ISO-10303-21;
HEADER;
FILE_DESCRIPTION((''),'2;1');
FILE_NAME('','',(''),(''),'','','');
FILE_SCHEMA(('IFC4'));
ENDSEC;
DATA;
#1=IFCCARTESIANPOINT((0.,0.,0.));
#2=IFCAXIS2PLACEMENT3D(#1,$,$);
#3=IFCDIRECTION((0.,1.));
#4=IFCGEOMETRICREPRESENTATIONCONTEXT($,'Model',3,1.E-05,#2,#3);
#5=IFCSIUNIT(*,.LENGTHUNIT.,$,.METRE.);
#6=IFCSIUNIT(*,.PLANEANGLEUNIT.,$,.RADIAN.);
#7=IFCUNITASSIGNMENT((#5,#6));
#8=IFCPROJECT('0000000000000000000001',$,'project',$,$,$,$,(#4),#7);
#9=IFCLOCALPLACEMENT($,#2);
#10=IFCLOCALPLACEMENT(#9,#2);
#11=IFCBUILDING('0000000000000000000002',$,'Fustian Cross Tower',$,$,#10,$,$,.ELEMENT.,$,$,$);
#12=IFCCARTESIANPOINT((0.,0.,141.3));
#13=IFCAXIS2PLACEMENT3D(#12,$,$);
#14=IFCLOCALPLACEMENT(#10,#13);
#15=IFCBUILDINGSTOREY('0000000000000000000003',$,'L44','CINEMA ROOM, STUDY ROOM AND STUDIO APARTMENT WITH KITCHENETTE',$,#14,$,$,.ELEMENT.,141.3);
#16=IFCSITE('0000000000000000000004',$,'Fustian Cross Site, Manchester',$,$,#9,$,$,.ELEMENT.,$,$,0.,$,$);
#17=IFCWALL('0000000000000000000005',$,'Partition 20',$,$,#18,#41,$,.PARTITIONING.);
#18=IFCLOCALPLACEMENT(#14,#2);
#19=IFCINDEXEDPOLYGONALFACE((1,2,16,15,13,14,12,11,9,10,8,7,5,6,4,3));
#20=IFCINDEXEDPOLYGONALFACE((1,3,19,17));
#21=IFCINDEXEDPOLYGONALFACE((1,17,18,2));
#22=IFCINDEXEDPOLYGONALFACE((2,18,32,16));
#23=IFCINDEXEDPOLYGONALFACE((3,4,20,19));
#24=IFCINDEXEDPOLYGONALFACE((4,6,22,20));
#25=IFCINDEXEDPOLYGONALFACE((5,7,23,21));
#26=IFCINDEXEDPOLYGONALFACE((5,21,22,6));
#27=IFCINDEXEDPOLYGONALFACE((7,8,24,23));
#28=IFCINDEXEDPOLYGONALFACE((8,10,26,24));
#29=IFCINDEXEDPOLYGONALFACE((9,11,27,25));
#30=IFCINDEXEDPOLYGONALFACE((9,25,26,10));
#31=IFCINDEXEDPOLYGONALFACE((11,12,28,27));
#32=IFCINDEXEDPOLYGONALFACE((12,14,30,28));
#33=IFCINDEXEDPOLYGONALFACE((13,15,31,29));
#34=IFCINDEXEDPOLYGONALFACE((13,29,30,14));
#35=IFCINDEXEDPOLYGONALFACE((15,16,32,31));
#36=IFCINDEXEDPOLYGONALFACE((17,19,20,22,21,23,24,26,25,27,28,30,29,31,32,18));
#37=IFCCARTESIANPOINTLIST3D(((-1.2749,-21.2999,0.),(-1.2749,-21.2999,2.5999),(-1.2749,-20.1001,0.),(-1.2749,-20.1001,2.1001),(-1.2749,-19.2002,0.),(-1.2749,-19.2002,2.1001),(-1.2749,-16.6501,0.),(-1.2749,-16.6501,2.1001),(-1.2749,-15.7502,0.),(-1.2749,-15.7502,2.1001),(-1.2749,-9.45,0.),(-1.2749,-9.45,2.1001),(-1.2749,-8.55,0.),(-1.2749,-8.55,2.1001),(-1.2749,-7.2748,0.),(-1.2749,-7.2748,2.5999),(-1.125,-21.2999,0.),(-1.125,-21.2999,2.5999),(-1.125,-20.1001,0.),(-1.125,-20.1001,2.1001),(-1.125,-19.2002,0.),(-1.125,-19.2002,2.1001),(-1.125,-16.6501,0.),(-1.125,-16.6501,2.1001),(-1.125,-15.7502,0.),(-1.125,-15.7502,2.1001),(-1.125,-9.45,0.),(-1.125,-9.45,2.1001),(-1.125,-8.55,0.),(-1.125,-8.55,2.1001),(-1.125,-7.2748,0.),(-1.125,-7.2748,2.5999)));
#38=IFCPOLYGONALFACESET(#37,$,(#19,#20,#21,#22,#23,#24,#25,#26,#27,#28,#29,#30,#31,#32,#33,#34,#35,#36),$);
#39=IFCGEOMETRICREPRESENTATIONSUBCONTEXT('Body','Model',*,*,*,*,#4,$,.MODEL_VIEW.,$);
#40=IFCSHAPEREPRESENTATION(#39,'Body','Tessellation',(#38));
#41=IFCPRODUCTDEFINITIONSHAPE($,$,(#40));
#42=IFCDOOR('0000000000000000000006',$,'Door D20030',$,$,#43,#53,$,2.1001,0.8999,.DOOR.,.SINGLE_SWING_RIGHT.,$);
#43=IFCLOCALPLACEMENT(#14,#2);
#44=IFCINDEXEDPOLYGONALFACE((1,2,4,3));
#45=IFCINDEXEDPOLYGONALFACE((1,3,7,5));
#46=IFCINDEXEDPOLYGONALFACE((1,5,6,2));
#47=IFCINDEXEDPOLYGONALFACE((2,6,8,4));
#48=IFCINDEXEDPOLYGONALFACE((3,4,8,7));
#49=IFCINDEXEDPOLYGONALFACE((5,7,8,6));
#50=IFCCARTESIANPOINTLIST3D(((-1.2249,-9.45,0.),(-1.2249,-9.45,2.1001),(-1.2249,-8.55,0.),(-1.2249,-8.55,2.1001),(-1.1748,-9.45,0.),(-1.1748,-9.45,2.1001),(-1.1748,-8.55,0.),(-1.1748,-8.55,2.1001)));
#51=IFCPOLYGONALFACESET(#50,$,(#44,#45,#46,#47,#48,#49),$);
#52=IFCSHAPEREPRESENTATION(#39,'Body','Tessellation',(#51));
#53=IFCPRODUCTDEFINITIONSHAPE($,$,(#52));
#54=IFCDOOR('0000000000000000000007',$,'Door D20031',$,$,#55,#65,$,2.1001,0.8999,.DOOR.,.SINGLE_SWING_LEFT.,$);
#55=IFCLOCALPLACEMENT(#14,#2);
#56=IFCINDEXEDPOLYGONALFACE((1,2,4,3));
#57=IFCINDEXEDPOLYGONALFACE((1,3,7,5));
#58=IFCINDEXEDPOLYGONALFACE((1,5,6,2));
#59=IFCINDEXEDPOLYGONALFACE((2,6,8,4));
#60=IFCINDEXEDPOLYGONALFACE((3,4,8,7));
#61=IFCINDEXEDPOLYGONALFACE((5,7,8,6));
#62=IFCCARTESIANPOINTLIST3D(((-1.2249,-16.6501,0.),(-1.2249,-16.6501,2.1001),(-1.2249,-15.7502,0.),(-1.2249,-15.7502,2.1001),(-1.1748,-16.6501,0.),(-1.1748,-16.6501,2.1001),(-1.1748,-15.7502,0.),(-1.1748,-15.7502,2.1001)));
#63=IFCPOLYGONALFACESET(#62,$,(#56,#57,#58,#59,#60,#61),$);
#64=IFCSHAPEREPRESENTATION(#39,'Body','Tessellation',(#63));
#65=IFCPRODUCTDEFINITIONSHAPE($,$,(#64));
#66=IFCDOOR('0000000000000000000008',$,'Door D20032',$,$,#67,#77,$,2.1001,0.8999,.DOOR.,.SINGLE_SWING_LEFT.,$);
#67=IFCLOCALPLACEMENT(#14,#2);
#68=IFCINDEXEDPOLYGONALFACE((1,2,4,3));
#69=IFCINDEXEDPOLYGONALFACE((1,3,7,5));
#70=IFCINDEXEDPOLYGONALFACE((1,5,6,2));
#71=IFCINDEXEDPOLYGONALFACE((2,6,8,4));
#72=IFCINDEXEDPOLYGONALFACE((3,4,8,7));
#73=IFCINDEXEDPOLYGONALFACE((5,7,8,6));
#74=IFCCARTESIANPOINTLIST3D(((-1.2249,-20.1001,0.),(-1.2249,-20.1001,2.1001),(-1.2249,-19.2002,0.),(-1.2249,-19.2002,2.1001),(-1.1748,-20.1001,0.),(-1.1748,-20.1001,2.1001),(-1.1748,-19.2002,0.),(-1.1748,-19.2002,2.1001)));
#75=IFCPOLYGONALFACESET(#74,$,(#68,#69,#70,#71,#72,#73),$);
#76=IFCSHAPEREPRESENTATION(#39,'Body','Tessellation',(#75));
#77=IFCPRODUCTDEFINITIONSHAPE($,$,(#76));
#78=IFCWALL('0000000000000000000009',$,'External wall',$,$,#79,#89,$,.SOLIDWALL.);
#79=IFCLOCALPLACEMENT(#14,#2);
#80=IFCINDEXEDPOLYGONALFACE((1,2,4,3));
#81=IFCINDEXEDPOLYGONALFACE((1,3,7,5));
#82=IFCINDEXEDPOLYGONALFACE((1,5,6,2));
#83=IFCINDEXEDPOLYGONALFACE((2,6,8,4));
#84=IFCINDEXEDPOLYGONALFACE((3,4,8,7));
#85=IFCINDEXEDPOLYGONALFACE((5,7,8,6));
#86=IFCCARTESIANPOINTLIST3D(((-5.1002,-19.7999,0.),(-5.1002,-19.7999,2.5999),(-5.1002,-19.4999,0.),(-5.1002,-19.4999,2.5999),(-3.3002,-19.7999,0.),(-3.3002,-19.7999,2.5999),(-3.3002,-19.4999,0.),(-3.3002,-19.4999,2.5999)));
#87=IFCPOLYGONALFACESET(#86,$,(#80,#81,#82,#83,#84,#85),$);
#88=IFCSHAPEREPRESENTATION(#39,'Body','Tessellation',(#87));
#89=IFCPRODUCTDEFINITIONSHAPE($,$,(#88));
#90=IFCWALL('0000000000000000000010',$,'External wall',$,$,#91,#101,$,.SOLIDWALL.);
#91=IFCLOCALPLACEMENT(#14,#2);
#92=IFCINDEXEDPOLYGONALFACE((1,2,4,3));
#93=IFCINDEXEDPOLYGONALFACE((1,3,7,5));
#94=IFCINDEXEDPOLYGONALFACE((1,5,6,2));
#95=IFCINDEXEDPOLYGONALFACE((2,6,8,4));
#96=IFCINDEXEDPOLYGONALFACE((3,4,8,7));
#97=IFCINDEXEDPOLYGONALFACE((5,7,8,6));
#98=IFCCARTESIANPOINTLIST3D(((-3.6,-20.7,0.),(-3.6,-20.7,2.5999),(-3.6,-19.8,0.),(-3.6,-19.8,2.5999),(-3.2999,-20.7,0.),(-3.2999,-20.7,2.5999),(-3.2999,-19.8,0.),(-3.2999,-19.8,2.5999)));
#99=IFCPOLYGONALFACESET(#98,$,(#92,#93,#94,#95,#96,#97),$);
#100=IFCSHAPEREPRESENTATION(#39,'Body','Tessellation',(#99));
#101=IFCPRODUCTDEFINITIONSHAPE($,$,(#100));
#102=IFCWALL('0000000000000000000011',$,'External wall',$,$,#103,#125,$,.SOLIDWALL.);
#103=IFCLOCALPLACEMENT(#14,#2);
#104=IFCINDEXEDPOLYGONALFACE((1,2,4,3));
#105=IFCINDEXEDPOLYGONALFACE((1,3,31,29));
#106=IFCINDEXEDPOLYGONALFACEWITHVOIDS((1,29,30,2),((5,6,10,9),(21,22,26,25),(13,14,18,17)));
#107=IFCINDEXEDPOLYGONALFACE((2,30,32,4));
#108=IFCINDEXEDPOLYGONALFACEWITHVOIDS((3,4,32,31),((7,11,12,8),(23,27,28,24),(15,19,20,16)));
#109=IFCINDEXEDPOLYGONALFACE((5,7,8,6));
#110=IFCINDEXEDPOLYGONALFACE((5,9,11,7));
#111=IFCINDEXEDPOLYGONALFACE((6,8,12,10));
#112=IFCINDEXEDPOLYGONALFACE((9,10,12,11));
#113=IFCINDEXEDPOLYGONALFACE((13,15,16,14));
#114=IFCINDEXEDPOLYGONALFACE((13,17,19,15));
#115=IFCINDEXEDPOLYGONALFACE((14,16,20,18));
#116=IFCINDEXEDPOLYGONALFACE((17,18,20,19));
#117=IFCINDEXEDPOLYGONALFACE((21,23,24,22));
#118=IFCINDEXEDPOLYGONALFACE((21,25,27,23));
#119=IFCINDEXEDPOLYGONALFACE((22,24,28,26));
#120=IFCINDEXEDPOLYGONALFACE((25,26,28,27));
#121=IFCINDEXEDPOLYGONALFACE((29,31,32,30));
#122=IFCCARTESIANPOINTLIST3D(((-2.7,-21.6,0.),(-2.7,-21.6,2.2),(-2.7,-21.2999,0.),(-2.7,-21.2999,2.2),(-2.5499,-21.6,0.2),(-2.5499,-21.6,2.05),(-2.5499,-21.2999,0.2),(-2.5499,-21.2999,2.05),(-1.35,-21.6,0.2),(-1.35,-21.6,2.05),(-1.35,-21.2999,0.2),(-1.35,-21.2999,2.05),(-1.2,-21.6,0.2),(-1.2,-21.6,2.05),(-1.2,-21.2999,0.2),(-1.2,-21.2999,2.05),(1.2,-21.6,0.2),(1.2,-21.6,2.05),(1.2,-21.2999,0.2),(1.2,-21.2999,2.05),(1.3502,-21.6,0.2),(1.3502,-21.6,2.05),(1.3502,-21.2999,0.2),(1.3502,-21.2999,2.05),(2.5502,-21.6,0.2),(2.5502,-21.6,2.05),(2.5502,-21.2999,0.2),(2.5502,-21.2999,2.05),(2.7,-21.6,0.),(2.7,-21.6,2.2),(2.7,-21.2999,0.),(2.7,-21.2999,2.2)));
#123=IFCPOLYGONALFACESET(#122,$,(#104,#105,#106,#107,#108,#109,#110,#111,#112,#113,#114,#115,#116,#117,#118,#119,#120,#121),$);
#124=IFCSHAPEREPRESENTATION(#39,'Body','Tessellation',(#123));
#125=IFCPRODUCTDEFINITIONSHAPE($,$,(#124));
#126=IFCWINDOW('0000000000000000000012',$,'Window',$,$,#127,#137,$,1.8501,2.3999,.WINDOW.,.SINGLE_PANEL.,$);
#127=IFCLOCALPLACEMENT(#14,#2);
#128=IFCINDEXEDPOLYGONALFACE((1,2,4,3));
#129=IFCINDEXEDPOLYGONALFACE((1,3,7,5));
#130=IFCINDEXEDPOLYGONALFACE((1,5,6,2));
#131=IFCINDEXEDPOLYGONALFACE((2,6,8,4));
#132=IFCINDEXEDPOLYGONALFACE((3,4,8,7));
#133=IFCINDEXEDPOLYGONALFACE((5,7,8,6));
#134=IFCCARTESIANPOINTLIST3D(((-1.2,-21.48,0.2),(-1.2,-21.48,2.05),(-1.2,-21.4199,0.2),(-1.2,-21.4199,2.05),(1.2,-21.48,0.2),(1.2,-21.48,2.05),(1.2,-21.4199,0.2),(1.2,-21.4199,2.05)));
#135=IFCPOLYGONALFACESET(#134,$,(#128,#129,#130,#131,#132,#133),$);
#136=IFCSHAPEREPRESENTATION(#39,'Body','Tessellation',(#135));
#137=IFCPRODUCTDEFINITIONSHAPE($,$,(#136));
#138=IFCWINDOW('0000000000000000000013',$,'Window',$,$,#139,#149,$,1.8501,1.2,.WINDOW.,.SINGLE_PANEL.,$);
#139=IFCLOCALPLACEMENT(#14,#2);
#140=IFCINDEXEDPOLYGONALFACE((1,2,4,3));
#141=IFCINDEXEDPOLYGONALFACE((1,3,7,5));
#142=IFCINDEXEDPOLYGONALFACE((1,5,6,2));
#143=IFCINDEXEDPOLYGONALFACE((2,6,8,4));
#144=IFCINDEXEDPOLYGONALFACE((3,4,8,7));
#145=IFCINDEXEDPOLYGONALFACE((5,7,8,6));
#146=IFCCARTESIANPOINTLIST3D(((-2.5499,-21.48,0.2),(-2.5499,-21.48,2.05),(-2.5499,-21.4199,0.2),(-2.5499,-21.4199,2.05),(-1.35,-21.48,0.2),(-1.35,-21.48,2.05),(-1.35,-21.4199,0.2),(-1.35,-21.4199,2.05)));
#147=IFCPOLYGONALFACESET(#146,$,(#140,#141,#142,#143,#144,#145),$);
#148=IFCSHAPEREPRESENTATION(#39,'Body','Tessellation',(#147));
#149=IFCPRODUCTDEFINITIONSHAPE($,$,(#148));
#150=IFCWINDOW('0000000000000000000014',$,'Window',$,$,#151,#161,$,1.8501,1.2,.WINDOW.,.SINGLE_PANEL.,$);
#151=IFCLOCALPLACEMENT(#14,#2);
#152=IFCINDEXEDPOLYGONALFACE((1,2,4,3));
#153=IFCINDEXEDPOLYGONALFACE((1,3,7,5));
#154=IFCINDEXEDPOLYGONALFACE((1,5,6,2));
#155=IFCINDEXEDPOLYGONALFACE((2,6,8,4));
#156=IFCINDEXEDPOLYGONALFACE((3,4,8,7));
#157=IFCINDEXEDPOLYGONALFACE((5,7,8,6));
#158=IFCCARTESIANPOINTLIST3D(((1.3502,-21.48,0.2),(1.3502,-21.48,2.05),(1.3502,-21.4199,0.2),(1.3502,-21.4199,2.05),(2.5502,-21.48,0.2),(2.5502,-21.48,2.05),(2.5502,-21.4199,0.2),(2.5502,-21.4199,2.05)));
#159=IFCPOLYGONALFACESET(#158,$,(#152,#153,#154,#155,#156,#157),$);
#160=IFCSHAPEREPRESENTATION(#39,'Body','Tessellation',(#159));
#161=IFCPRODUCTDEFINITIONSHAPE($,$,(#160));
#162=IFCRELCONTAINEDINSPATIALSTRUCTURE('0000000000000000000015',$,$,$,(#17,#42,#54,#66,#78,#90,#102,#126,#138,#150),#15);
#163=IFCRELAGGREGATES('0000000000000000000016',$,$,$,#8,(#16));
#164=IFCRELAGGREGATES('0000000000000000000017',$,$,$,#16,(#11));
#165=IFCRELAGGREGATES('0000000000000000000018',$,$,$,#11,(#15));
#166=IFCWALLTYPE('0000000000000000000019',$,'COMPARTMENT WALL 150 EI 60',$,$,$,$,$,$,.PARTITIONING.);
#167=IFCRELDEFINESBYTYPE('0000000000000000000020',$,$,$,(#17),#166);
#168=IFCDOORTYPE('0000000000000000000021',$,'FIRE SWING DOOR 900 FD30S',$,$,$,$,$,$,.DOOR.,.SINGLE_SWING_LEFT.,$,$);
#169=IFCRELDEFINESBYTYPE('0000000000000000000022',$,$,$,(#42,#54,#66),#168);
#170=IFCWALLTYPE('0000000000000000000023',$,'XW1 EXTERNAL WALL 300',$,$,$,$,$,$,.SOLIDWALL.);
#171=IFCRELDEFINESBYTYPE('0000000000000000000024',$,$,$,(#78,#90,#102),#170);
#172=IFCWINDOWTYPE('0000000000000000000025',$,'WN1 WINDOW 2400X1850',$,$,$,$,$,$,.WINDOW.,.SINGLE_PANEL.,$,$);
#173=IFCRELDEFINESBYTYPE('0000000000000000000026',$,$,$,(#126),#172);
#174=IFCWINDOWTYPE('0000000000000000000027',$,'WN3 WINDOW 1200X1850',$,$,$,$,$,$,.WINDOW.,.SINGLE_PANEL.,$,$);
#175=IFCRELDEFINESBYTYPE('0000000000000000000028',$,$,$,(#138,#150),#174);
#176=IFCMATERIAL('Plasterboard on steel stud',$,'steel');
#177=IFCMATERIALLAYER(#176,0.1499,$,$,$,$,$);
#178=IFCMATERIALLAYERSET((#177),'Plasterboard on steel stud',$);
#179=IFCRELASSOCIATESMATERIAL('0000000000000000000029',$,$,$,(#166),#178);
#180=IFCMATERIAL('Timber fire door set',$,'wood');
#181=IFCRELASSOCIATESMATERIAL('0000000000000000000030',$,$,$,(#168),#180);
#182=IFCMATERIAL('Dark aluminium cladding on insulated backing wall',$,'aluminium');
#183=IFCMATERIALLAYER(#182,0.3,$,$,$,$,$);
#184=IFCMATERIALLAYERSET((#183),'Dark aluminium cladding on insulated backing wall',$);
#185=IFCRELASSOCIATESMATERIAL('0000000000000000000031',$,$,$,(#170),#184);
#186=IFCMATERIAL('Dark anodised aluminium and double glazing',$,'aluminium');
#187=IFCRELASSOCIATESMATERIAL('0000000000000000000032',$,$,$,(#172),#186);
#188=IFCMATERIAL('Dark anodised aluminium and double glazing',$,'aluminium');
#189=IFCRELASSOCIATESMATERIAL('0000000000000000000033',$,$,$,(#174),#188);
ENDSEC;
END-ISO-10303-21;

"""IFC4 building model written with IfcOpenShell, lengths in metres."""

from ifc_helpers import new_model, si_unit, direction, frame, frame_2d, origin, place, context, subcontext, project, spatial, rectangle, extrude, material, layer, layer_set, type_object, element, fill, save


model = new_model("IFC4")

# Units and contexts
model_context = context("Model", 3, precision=1e-05, world=origin(), true_north=direction((0.0, 1.0)))
body_context = subcontext(model_context, "Body", "Model", "MODEL_VIEW")
ifc_project = project(units=[si_unit("LENGTHUNIT", "METRE"), si_unit("PLANEANGLEUNIT", "RADIAN")], contexts=[model_context])

# Site, building, storey
site_placement = place(None, origin())
site = spatial("IfcSite", under=ifc_project, at=site_placement, Name="Fustian Cross Site, Manchester", CompositionType="ELEMENT", RefElevation=0.0)
building_placement = place(site_placement, origin())
building = spatial("IfcBuilding", under=site, at=building_placement, Name="Fustian Cross Tower", CompositionType="ELEMENT")
storey_placement = place(building_placement, frame((0.0, 0.0, 141.3)))
storey = spatial("IfcBuildingStorey", under=building, at=storey_placement, Name="L44", Description="CINEMA ROOM, STUDY ROOM AND STUDIO APARTMENT WITH KITCHENETTE", CompositionType="ELEMENT", Elevation=141.3)

# Wall, openings, doors
ifc_material_1 = material(Name="Plasterboard on steel stud", Category="steel")
ifc_layer_1 = layer(ifc_material_1, 0.1499)
ifc_layer_set_1 = layer_set([ifc_layer_1], Name="Plasterboard on steel stud")
wall_type_1 = type_object("IfcWallType", Name="COMPARTMENT WALL 150 EI 60", PredefinedType="PARTITIONING", material=ifc_layer_set_1)
wall_1_placement = place(storey_placement, frame((-1.2, -21.3, 0.0), z_axis=(0.0, 0.0, 1.0), x_axis=(0.0, 1.0, 0.0)))
wall_1 = element("IfcWall", 1, at=wall_1_placement, inside=storey, type_object=wall_type_1, Name="Partition 20", PredefinedType="PARTITIONING", context=body_context, shape_type="SweptSolid", body=[
    extrude(rectangle(XDim=14.0251, YDim=0.1499, at=frame_2d((7.0127, 0.0))), origin(), (0.0, 0.0, 1.0), 2.5999),
])
opening_1_placement = place(wall_1_placement, frame((11.8501, 0.0, 0.0)))
opening_1 = element("IfcOpeningElement", 2, at=opening_1_placement, cuts=wall_1, PredefinedType="OPENING", context=body_context, shape_type="SweptSolid", body=[
    extrude(rectangle(XDim=0.8999, YDim=2.1001, at=frame_2d((0.45, 1.05))), frame((0.0, 0.085, 0.0), z_axis=(0.0, -1.0, 0.0), x_axis=(1.0, 0.0, 0.0)), (0.0, 0.0, 1.0), 0.1699),
])
opening_2_placement = place(wall_1_placement, frame((4.6499, 0.0, 0.0)))
opening_2 = element("IfcOpeningElement", 3, at=opening_2_placement, cuts=wall_1, PredefinedType="OPENING", context=body_context, shape_type="SweptSolid", body=[
    extrude(rectangle(XDim=0.8999, YDim=2.1001, at=frame_2d((0.45, 1.05))), frame((0.0, 0.085, 0.0), z_axis=(0.0, -1.0, 0.0), x_axis=(1.0, 0.0, 0.0)), (0.0, 0.0, 1.0), 0.1699),
])
opening_3_placement = place(wall_1_placement, frame((1.2, 0.0, 0.0)))
opening_3 = element("IfcOpeningElement", 4, at=opening_3_placement, cuts=wall_1, PredefinedType="OPENING", context=body_context, shape_type="SweptSolid", body=[
    extrude(rectangle(XDim=0.8999, YDim=2.1001, at=frame_2d((0.45, 1.05))), frame((0.0, 0.085, 0.0), z_axis=(0.0, -1.0, 0.0), x_axis=(1.0, 0.0, 0.0)), (0.0, 0.0, 1.0), 0.1699),
])
ifc_material_2 = material(Name="Timber fire door set", Category="wood")
door_type = type_object("IfcDoorType", Name="FIRE SWING DOOR 900 FD30S", OperationType="SINGLE_SWING_LEFT", PredefinedType="DOOR", material=ifc_material_2)
door_1_placement = place(opening_1_placement, origin())
door_1 = element("IfcDoor", 5, at=door_1_placement, inside=storey, type_object=door_type, Name="Door D20030", OperationType="SINGLE_SWING_RIGHT", OverallHeight=2.1001, OverallWidth=0.8999, PredefinedType="DOOR", context=body_context, shape_type="SweptSolid", body=[
    extrude(rectangle(XDim=0.8999, YDim=2.1001, at=frame_2d((0.45, 1.05))), frame((0.0, 0.0249, 0.0), z_axis=(0.0, -1.0, 0.0), x_axis=(1.0, 0.0, 0.0)), (0.0, 0.0, 1.0), 0.05),
])
fill(opening_1, door_1)
door_2_placement = place(opening_2_placement, origin())
door_2 = element("IfcDoor", 6, at=door_2_placement, inside=storey, type_object=door_type, Name="Door D20031", OperationType="SINGLE_SWING_LEFT", OverallHeight=2.1001, OverallWidth=0.8999, PredefinedType="DOOR", context=body_context, shape_type="SweptSolid", body=[
    extrude(rectangle(XDim=0.8999, YDim=2.1001, at=frame_2d((0.45, 1.05))), frame((0.0, 0.0249, 0.0), z_axis=(0.0, -1.0, 0.0), x_axis=(1.0, 0.0, 0.0)), (0.0, 0.0, 1.0), 0.05),
])
fill(opening_2, door_2)
door_3_placement = place(opening_3_placement, origin())
door_3 = element("IfcDoor", 7, at=door_3_placement, inside=storey, type_object=door_type, Name="Door D20032", OperationType="SINGLE_SWING_LEFT", OverallHeight=2.1001, OverallWidth=0.8999, PredefinedType="DOOR", context=body_context, shape_type="SweptSolid", body=[
    extrude(rectangle(XDim=0.8999, YDim=2.1001, at=frame_2d((0.45, 1.05))), frame((0.0, 0.0249, 0.0), z_axis=(0.0, -1.0, 0.0), x_axis=(1.0, 0.0, 0.0)), (0.0, 0.0, 1.0), 0.05),
])
fill(opening_3, door_3)

# Walls
ifc_material_3 = material(Name="Dark aluminium cladding on insulated backing wall", Category="aluminium")
ifc_layer_2 = layer(ifc_material_3, 0.3)
ifc_layer_set_2 = layer_set([ifc_layer_2], Name="Dark aluminium cladding on insulated backing wall")
wall_type_2 = type_object("IfcWallType", Name="XW1 EXTERNAL WALL 300", PredefinedType="SOLIDWALL", material=ifc_layer_set_2)
wall_2_placement = place(storey_placement, frame((-5.1001, -19.6499, 0.0), z_axis=(0.0, 0.0, 1.0), x_axis=(1.0, 0.0, 0.0)))
element("IfcWall", 8, at=wall_2_placement, inside=storey, type_object=wall_type_2, Name="External wall", PredefinedType="SOLIDWALL", context=body_context, shape_type="SweptSolid", body=[
    extrude(rectangle(XDim=1.8, YDim=0.3, at=frame_2d((0.8999, 0.0))), origin(), (0.0, 0.0, 1.0), 2.5999),
])
wall_3_placement = place(storey_placement, frame((-3.45, -19.8, 0.0), z_axis=(0.0, 0.0, 1.0), x_axis=(0.0, -1.0, 0.0)))
element("IfcWall", 9, at=wall_3_placement, inside=storey, type_object=wall_type_2, Name="External wall", PredefinedType="SOLIDWALL", context=body_context, shape_type="SweptSolid", body=[
    extrude(rectangle(XDim=0.8999, YDim=0.3, at=frame_2d((0.45, 0.0))), origin(), (0.0, 0.0, 1.0), 2.5999),
])

# Wall, openings, windows
wall_4_placement = place(storey_placement, frame((-2.7, -21.45, 0.0), z_axis=(0.0, 0.0, 1.0), x_axis=(1.0, 0.0, 0.0)))
wall_4 = element("IfcWall", 10, at=wall_4_placement, inside=storey, type_object=wall_type_2, Name="External wall", PredefinedType="SOLIDWALL", context=body_context, shape_type="SweptSolid", body=[
    extrude(rectangle(XDim=5.3999, YDim=0.3, at=frame_2d((2.7, 0.0))), origin(), (0.0, 0.0, 1.0), 2.2),
])
opening_4_placement = place(wall_4_placement, frame((1.5, 0.0, 0.2)))
opening_4 = element("IfcOpeningElement", 11, at=opening_4_placement, cuts=wall_4, PredefinedType="OPENING", context=body_context, shape_type="SweptSolid", body=[
    extrude(rectangle(XDim=2.3999, YDim=1.8501, at=frame_2d((1.2, 0.925))), frame((0.0, 0.1599, 0.0), z_axis=(0.0, -1.0, 0.0), x_axis=(1.0, 0.0, 0.0)), (0.0, 0.0, 1.0), 0.3201),
])
opening_5_placement = place(wall_4_placement, frame((0.1499, 0.0, 0.2)))
opening_5 = element("IfcOpeningElement", 12, at=opening_5_placement, cuts=wall_4, PredefinedType="OPENING", context=body_context, shape_type="SweptSolid", body=[
    extrude(rectangle(XDim=1.2, YDim=1.8501, at=frame_2d((0.6001, 0.925))), frame((0.0, 0.1599, 0.0), z_axis=(0.0, -1.0, 0.0), x_axis=(1.0, 0.0, 0.0)), (0.0, 0.0, 1.0), 0.3201),
])
opening_6_placement = place(wall_4_placement, frame((4.05, 0.0, 0.2)))
opening_6 = element("IfcOpeningElement", 13, at=opening_6_placement, cuts=wall_4, PredefinedType="OPENING", context=body_context, shape_type="SweptSolid", body=[
    extrude(rectangle(XDim=1.2, YDim=1.8501, at=frame_2d((0.6001, 0.925))), frame((0.0, 0.1599, 0.0), z_axis=(0.0, -1.0, 0.0), x_axis=(1.0, 0.0, 0.0)), (0.0, 0.0, 1.0), 0.3201),
])
ifc_material_4 = material(Name="Dark anodised aluminium and double glazing", Category="aluminium")
window_type_1 = type_object("IfcWindowType", Name="WN1 WINDOW 2400X1850", PartitioningType="SINGLE_PANEL", PredefinedType="WINDOW", material=ifc_material_4)
window_1_placement = place(opening_4_placement, origin())
window_1 = element("IfcWindow", 14, at=window_1_placement, inside=storey, type_object=window_type_1, Name="Window", OverallHeight=1.8501, OverallWidth=2.3999, PartitioningType="SINGLE_PANEL", PredefinedType="WINDOW", context=body_context, shape_type="SweptSolid", body=[
    extrude(rectangle(XDim=2.3999, YDim=1.8501, at=frame_2d((1.2, 0.925))), frame((0.0, 0.03, 0.0), z_axis=(0.0, -1.0, 0.0), x_axis=(1.0, 0.0, 0.0)), (0.0, 0.0, 1.0), 0.0601),
])
fill(opening_4, window_1)
ifc_material_5 = material(Name="Dark anodised aluminium and double glazing", Category="aluminium")
window_type_2 = type_object("IfcWindowType", Name="WN3 WINDOW 1200X1850", PartitioningType="SINGLE_PANEL", PredefinedType="WINDOW", material=ifc_material_5)
window_2_placement = place(opening_5_placement, origin())
window_2 = element("IfcWindow", 15, at=window_2_placement, inside=storey, type_object=window_type_2, Name="Window", OverallHeight=1.8501, OverallWidth=1.2, PartitioningType="SINGLE_PANEL", PredefinedType="WINDOW", context=body_context, shape_type="SweptSolid", body=[
    extrude(rectangle(XDim=1.2, YDim=1.8501, at=frame_2d((0.6001, 0.925))), frame((0.0, 0.03, 0.0), z_axis=(0.0, -1.0, 0.0), x_axis=(1.0, 0.0, 0.0)), (0.0, 0.0, 1.0), 0.0601),
])
fill(opening_5, window_2)
window_3_placement = place(opening_6_placement, origin())
window_3 = element("IfcWindow", 16, at=window_3_placement, inside=storey, type_object=window_type_2, Name="Window", OverallHeight=1.8501, OverallWidth=1.2, PartitioningType="SINGLE_PANEL", PredefinedType="WINDOW", context=body_context, shape_type="SweptSolid", body=[
    extrude(rectangle(XDim=1.2, YDim=1.8501, at=frame_2d((0.6001, 0.925))), frame((0.0, 0.03, 0.0), z_axis=(0.0, -1.0, 0.0), x_axis=(1.0, 0.0, 0.0)), (0.0, 0.0, 1.0), 0.0601),
])
fill(opening_6, window_3)

save(model, "model.ifc")
